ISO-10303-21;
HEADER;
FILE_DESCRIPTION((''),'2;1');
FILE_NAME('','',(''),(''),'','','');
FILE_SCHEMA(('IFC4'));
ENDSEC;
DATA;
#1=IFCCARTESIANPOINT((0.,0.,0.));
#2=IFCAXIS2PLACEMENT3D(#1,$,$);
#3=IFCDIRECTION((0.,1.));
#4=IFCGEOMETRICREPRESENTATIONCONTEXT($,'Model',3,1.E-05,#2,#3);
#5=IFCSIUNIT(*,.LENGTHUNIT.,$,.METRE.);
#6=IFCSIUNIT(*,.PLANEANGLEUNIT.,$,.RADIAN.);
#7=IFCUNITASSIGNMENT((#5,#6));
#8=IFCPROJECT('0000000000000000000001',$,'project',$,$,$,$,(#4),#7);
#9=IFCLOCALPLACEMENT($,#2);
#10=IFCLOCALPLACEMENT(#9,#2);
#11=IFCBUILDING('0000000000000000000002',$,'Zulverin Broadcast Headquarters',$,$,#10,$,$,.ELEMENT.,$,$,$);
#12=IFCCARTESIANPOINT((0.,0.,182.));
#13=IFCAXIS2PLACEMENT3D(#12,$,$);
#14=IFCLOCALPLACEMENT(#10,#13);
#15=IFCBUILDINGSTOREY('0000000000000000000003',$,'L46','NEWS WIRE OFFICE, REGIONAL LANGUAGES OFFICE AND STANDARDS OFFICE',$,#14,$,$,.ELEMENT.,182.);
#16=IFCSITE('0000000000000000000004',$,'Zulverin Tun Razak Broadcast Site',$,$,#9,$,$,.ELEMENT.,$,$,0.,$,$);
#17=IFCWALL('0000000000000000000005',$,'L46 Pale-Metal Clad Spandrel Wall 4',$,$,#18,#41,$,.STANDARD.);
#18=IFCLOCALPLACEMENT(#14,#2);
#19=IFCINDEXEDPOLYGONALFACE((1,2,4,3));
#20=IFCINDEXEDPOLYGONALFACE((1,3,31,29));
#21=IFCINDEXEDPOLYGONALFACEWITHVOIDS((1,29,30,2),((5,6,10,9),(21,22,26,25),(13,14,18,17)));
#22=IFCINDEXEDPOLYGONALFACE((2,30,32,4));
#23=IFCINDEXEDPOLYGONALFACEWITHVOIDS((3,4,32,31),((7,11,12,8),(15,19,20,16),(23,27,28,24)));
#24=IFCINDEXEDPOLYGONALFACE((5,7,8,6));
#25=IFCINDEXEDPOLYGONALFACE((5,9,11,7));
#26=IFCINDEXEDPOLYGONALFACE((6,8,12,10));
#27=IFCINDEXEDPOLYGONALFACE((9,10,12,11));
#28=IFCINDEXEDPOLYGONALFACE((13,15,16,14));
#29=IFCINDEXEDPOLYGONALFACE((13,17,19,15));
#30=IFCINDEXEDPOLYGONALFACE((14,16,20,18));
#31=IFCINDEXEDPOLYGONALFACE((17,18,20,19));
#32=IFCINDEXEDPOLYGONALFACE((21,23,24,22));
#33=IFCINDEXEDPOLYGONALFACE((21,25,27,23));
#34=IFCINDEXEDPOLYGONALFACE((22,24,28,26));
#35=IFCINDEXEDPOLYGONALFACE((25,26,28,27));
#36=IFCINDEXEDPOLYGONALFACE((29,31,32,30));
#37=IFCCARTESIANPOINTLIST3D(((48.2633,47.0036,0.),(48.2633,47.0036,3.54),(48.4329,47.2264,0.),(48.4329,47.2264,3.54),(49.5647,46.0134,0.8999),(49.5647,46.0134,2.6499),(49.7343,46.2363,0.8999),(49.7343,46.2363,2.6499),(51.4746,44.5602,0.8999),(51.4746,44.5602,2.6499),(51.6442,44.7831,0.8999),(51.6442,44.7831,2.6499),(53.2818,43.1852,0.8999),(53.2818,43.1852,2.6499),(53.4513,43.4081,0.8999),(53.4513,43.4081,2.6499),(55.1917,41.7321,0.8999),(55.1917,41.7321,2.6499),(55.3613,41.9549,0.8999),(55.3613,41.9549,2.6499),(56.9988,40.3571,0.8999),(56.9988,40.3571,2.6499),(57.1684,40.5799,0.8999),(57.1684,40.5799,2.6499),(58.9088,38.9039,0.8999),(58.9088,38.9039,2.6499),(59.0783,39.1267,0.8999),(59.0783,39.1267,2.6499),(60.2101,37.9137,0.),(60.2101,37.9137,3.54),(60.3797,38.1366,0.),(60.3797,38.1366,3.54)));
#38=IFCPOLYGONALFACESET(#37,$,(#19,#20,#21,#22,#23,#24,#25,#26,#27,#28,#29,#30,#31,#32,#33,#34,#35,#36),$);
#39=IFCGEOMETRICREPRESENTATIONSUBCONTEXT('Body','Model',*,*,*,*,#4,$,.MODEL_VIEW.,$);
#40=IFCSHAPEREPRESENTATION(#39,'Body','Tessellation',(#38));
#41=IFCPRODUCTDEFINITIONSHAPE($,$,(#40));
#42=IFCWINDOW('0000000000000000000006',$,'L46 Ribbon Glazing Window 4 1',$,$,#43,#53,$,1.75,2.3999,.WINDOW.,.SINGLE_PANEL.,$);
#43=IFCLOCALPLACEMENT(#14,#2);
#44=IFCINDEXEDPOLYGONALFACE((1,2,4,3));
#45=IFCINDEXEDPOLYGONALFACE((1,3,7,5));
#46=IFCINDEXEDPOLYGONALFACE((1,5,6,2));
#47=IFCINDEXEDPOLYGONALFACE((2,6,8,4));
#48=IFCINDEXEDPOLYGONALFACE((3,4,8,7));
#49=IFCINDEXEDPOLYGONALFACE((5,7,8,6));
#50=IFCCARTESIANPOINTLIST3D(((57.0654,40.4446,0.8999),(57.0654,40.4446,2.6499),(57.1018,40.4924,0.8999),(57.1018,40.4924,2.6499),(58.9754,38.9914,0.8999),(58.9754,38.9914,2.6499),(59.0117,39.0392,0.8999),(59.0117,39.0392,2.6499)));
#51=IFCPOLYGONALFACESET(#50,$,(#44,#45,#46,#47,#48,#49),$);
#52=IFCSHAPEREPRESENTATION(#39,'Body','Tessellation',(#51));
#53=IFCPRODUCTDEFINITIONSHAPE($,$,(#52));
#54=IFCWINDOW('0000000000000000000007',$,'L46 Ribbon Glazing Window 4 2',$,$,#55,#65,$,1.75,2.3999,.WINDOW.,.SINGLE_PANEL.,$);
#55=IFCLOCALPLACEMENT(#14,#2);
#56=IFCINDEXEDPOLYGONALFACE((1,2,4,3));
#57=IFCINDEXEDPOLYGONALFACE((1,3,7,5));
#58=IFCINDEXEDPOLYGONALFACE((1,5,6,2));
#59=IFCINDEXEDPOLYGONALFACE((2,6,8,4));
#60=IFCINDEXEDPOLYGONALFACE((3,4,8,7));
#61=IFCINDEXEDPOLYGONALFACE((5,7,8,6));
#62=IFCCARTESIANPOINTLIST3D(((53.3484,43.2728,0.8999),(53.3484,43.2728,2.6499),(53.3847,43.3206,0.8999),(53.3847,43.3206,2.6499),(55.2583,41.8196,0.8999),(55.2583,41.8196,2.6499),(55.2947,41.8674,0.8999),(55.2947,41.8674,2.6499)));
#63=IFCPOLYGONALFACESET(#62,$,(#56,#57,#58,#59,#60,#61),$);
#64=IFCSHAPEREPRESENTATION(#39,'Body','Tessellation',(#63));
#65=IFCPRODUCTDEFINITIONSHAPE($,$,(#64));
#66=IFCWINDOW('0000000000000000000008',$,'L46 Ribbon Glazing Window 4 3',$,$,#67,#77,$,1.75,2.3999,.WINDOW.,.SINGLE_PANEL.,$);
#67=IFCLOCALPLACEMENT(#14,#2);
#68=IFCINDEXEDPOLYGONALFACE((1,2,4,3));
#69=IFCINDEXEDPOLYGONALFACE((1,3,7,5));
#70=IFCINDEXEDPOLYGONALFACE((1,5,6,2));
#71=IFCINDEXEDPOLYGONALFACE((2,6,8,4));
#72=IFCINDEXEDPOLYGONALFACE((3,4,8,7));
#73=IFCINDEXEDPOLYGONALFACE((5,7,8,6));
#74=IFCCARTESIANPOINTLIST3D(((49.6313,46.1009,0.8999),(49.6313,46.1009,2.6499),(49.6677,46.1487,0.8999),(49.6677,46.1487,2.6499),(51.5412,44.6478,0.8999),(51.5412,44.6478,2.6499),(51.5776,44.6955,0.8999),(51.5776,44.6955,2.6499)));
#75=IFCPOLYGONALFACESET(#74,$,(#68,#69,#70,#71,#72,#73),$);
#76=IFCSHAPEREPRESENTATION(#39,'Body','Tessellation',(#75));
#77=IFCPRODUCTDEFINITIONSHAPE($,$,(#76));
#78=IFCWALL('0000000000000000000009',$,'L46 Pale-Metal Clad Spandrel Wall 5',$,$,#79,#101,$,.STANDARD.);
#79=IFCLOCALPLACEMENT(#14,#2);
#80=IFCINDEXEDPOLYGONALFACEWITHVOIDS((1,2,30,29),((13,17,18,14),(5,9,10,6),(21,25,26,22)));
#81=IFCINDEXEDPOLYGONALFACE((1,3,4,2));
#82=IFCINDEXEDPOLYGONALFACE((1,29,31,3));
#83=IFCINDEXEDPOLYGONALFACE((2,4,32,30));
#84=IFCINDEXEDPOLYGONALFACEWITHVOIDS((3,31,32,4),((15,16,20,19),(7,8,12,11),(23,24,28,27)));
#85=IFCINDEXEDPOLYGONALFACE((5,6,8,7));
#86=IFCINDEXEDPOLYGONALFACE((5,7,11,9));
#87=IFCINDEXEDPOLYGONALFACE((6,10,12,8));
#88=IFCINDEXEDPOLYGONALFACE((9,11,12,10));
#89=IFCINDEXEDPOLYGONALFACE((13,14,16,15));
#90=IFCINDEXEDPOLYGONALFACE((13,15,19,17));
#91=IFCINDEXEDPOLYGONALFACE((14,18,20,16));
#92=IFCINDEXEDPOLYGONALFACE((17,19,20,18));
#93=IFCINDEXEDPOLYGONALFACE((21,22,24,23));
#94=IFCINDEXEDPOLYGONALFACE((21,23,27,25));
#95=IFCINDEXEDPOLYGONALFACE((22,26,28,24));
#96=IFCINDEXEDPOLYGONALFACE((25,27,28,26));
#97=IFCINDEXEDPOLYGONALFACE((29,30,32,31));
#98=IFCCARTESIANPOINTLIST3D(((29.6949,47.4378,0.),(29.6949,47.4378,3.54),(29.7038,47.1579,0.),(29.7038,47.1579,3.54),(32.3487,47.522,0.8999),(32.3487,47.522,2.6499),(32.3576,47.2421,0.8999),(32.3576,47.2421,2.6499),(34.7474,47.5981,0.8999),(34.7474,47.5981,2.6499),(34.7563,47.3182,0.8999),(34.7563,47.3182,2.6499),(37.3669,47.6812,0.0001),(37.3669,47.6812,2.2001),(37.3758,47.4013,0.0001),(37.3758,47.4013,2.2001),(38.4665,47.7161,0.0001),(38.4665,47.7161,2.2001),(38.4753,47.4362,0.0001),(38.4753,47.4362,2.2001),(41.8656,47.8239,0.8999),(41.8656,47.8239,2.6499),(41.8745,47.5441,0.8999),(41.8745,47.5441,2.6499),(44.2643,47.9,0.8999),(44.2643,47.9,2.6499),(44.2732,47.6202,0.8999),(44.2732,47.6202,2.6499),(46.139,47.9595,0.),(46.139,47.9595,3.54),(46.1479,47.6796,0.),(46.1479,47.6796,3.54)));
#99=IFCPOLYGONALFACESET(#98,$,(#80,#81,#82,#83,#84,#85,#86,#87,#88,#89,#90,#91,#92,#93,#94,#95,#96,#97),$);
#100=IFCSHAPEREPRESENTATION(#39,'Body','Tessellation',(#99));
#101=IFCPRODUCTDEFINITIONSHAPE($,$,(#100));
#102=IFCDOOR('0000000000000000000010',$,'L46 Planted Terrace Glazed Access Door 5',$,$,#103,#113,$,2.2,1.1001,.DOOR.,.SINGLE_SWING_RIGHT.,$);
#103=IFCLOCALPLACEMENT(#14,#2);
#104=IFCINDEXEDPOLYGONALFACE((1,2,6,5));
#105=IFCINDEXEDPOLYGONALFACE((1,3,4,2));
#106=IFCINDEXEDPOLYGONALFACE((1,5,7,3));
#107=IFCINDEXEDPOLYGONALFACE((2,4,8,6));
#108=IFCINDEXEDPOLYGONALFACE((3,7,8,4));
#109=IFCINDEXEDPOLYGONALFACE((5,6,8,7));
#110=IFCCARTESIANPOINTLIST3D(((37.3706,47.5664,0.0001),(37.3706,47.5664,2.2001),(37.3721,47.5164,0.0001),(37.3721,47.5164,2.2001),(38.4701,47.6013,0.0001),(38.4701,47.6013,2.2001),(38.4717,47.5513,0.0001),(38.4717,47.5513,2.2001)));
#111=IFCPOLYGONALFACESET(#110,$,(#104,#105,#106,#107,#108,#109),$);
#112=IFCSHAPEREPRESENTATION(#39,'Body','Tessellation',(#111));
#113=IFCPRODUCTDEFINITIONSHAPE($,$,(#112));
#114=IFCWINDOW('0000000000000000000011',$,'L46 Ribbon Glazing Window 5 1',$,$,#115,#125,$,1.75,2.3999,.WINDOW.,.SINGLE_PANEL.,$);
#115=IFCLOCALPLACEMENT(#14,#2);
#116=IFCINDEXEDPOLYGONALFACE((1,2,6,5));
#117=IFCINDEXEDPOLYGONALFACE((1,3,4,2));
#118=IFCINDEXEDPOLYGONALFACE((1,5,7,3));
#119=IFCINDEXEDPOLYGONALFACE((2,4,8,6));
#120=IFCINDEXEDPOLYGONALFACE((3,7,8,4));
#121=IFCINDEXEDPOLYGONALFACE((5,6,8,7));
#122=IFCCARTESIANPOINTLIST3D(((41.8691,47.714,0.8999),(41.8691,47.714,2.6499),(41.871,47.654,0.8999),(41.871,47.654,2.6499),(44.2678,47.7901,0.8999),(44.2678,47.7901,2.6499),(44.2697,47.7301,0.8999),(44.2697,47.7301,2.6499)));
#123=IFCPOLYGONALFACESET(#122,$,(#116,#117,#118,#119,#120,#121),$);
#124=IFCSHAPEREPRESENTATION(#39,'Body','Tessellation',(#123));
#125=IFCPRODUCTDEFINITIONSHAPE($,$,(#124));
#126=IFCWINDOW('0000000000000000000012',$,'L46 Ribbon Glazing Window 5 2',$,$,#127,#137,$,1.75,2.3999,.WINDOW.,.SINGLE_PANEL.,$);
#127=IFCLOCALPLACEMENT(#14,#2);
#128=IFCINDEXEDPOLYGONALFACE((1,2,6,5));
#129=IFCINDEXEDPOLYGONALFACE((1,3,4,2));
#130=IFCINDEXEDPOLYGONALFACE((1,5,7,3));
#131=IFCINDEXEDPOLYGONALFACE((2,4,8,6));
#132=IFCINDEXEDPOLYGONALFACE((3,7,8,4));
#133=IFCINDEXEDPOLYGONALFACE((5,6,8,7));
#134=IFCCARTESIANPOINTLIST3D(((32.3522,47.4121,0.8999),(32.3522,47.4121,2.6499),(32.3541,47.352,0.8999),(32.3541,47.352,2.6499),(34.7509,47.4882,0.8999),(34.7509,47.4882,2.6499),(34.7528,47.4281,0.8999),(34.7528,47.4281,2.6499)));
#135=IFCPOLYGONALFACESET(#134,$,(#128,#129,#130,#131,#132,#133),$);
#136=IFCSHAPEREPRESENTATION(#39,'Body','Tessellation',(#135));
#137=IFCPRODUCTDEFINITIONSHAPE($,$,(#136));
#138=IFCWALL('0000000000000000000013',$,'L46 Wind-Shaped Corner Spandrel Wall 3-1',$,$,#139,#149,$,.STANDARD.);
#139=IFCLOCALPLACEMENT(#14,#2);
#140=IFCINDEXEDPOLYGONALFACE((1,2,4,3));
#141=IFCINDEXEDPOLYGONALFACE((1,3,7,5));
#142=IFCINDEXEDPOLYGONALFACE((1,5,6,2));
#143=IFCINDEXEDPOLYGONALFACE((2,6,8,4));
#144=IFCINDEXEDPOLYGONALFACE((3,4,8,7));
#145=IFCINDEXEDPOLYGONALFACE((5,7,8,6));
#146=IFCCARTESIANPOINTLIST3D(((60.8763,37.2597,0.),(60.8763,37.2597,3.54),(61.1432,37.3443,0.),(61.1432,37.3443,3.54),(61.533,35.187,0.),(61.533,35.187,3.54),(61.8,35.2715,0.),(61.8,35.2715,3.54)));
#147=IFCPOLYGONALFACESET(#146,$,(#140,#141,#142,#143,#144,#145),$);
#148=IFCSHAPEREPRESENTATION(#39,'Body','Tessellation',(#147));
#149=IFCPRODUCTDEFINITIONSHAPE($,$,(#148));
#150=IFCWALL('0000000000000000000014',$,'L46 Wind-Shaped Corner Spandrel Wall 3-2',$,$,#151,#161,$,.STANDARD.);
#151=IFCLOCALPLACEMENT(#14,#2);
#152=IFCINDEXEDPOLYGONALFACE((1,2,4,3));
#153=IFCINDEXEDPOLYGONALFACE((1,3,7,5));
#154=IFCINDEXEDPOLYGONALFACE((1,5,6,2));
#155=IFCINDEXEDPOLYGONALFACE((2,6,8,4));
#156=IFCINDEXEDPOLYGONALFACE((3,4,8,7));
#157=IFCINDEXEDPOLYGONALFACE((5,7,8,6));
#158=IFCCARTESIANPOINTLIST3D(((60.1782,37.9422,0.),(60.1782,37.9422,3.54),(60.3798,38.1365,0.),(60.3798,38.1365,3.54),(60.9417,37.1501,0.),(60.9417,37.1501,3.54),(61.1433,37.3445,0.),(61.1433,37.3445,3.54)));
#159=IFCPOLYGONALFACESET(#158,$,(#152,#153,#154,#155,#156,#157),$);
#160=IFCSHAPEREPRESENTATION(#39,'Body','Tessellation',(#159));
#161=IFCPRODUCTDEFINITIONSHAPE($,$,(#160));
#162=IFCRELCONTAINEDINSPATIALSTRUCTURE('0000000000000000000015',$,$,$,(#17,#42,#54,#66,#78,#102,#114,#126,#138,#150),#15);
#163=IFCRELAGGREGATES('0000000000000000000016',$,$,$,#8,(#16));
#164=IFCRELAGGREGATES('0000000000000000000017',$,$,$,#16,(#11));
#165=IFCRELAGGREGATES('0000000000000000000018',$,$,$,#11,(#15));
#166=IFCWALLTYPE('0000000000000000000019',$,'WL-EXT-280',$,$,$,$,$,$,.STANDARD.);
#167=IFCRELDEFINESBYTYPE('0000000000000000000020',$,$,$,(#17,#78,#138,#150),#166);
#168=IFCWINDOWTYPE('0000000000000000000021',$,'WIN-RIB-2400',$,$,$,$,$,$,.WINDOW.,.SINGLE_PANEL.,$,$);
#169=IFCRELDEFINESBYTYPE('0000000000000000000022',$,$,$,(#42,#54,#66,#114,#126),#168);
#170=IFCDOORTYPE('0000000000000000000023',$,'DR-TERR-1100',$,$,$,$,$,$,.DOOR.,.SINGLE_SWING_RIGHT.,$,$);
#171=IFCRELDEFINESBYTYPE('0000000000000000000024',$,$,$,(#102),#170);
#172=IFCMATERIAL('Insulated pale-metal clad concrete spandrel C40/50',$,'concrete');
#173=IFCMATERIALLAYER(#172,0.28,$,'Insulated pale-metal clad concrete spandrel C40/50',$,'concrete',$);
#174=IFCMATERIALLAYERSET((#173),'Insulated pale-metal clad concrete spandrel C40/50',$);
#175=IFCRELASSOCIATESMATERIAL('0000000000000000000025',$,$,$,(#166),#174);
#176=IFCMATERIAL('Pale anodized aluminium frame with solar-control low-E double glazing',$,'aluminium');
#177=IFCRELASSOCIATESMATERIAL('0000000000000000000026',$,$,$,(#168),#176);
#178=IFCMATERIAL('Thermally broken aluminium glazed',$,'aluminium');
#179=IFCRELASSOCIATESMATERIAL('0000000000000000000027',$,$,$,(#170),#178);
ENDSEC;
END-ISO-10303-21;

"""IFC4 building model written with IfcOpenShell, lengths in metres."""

from ifc_helpers import new_model, si_unit, direction, frame, frame_2d, origin, place, context, subcontext, project, spatial, rectangle, extrude, material, layer, layer_set, type_object, element, fill, save


model = new_model("IFC4")

# Units and contexts
model_context = context("Model", 3, precision=1e-05, world=origin(), true_north=direction((0.0, 1.0)))
body_context = subcontext(model_context, "Body", "Model", "MODEL_VIEW")
ifc_project = project(units=[si_unit("LENGTHUNIT", "METRE"), si_unit("PLANEANGLEUNIT", "RADIAN")], contexts=[model_context])

# Site, building, storey
site_placement = place(None, origin())
site = spatial("IfcSite", under=ifc_project, at=site_placement, Name="Zulverin Tun Razak Broadcast Site", CompositionType="ELEMENT", RefElevation=0.0)
building_placement = place(site_placement, origin())
building = spatial("IfcBuilding", under=site, at=building_placement, Name="Zulverin Broadcast Headquarters", CompositionType="ELEMENT")
storey_placement = place(building_placement, frame((0.0, 0.0, 182.0)))
storey = spatial("IfcBuildingStorey", under=building, at=storey_placement, Name="L46", Description="NEWS WIRE OFFICE, REGIONAL LANGUAGES OFFICE AND STANDARDS OFFICE", CompositionType="ELEMENT", Elevation=182.0)

# Wall, openings, windows
ifc_material_1 = material(Name="Insulated pale-metal clad concrete spandrel C40/50", Category="concrete")
ifc_layer_1 = layer(ifc_material_1, 0.28, Name="Insulated pale-metal clad concrete spandrel C40/50", Category="concrete")
ifc_layer_set_1 = layer_set([ifc_layer_1], Name="Insulated pale-metal clad concrete spandrel C40/50")
wall_type = type_object("IfcWallType", Name="WL-EXT-280", PredefinedType="STANDARD", material=ifc_layer_set_1)
wall_1_placement = place(storey_placement, frame((60.2949, 38.0251, 0.0), z_axis=(0.0, 0.0, 1.0), x_axis=(-0.795832, 0.605518, 0.0)))
wall_1 = element("IfcWall", 1, at=wall_1_placement, inside=storey, type_object=wall_type, Name="L46 Pale-Metal Clad Spandrel Wall 4", PredefinedType="STANDARD", context=body_context, shape_type="SweptSolid", body=[
    extrude(rectangle(XDim=15.0117, YDim=0.28, at=frame_2d((7.5059, 0.0))), origin(), (0.0, 0.0, 1.0), 3.54),
])
opening_1_placement = place(wall_1_placement, frame((1.6353, 0.0, 0.8999)))
opening_1 = element("IfcOpeningElement", 2, at=opening_1_placement, cuts=wall_1, PredefinedType="OPENING", context=body_context, shape_type="SweptSolid", body=[
    extrude(rectangle(XDim=2.3999, YDim=1.75, at=frame_2d((1.2, 0.875))), frame((0.0, 0.1499, 0.0), z_axis=(0.0, -1.0, 0.0), x_axis=(1.0, 0.0, 0.0)), (0.0, 0.0, 1.0), 0.3),
])
opening_2_placement = place(wall_1_placement, frame((6.3059, 0.0, 0.8999)))
opening_2 = element("IfcOpeningElement", 3, at=opening_2_placement, cuts=wall_1, PredefinedType="OPENING", context=body_context, shape_type="SweptSolid", body=[
    extrude(rectangle(XDim=2.3999, YDim=1.75, at=frame_2d((1.2, 0.875))), frame((0.0, 0.1499, 0.0), z_axis=(0.0, -1.0, 0.0), x_axis=(1.0, 0.0, 0.0)), (0.0, 0.0, 1.0), 0.3),
])
opening_3_placement = place(wall_1_placement, frame((10.9766, 0.0, 0.8999)))
opening_3 = element("IfcOpeningElement", 4, at=opening_3_placement, cuts=wall_1, PredefinedType="OPENING", context=body_context, shape_type="SweptSolid", body=[
    extrude(rectangle(XDim=2.3999, YDim=1.75, at=frame_2d((1.2, 0.875))), frame((0.0, 0.1499, 0.0), z_axis=(0.0, -1.0, 0.0), x_axis=(1.0, 0.0, 0.0)), (0.0, 0.0, 1.0), 0.3),
])
ifc_material_2 = material(Name="Pale anodized aluminium frame with solar-control low-E double glazing", Category="aluminium")
window_type = type_object("IfcWindowType", Name="WIN-RIB-2400", PartitioningType="SINGLE_PANEL", PredefinedType="WINDOW", material=ifc_material_2)
window_1_placement = place(opening_1_placement, origin())
window_1 = element("IfcWindow", 5, at=window_1_placement, inside=storey, type_object=window_type, Name="L46 Ribbon Glazing Window 4 1", OverallHeight=1.75, OverallWidth=2.3999, PartitioningType="SINGLE_PANEL", PredefinedType="WINDOW", context=body_context, shape_type="SweptSolid", body=[
    extrude(rectangle(XDim=2.3999, YDim=1.75, at=frame_2d((1.2, 0.875))), frame((0.0, 0.03, 0.0), z_axis=(0.0, -1.0, 0.0), x_axis=(1.0, 0.0, 0.0)), (0.0, 0.0, 1.0), 0.0601),
])
fill(opening_1, window_1)
window_2_placement = place(opening_2_placement, origin())
window_2 = element("IfcWindow", 6, at=window_2_placement, inside=storey, type_object=window_type, Name="L46 Ribbon Glazing Window 4 2", OverallHeight=1.75, OverallWidth=2.3999, PartitioningType="SINGLE_PANEL", PredefinedType="WINDOW", context=body_context, shape_type="SweptSolid", body=[
    extrude(rectangle(XDim=2.3999, YDim=1.75, at=frame_2d((1.2, 0.875))), frame((0.0, 0.03, 0.0), z_axis=(0.0, -1.0, 0.0), x_axis=(1.0, 0.0, 0.0)), (0.0, 0.0, 1.0), 0.0601),
])
fill(opening_2, window_2)
window_3_placement = place(opening_3_placement, origin())
window_3 = element("IfcWindow", 7, at=window_3_placement, inside=storey, type_object=window_type, Name="L46 Ribbon Glazing Window 4 3", OverallHeight=1.75, OverallWidth=2.3999, PartitioningType="SINGLE_PANEL", PredefinedType="WINDOW", context=body_context, shape_type="SweptSolid", body=[
    extrude(rectangle(XDim=2.3999, YDim=1.75, at=frame_2d((1.2, 0.875))), frame((0.0, 0.03, 0.0), z_axis=(0.0, -1.0, 0.0), x_axis=(1.0, 0.0, 0.0)), (0.0, 0.0, 1.0), 0.0601),
])
fill(opening_3, window_3)

# Wall, openings, door, windows
wall_2_placement = place(storey_placement, frame((46.1433, 47.8196, 0.0), z_axis=(0.0, 0.0, 1.0), x_axis=(-0.999497, -0.031711, 0.0)))
wall_2 = element("IfcWall", 8, at=wall_2_placement, inside=storey, type_object=wall_type, Name="L46 Pale-Metal Clad Spandrel Wall 5", PredefinedType="STANDARD", context=body_context, shape_type="SweptSolid", body=[
    extrude(rectangle(XDim=16.4524, YDim=0.28, at=frame_2d((8.2261, 0.0))), origin(), (0.0, 0.0, 1.0), 3.54),
])
opening_4_placement = place(wall_2_placement, frame((7.6763, 0.0, 0.0)))
opening_4 = element("IfcOpeningElement", 9, at=opening_4_placement, cuts=wall_2, PredefinedType="OPENING", context=body_context, shape_type="SweptSolid", body=[
    extrude(rectangle(XDim=1.1001, YDim=2.2, at=frame_2d((0.55, 1.1001))), frame((0.0, 0.1499, 0.0), z_axis=(0.0, -1.0, 0.0), x_axis=(1.0, 0.0, 0.0)), (0.0, 0.0, 1.0), 0.3),
])
opening_5_placement = place(wall_2_placement, frame((1.8755, 0.0, 0.8999)))
opening_5 = element("IfcOpeningElement", 10, at=opening_5_placement, cuts=wall_2, PredefinedType="OPENING", context=body_context, shape_type="SweptSolid", body=[
    extrude(rectangle(XDim=2.3999, YDim=1.75, at=frame_2d((1.2, 0.875))), frame((0.0, 0.1499, 0.0), z_axis=(0.0, -1.0, 0.0), x_axis=(1.0, 0.0, 0.0)), (0.0, 0.0, 1.0), 0.3),
])
opening_6_placement = place(wall_2_placement, frame((11.3972, 0.0, 0.8999)))
opening_6 = element("IfcOpeningElement", 11, at=opening_6_placement, cuts=wall_2, PredefinedType="OPENING", context=body_context, shape_type="SweptSolid", body=[
    extrude(rectangle(XDim=2.3999, YDim=1.75, at=frame_2d((1.2, 0.875))), frame((0.0, 0.1499, 0.0), z_axis=(0.0, -1.0, 0.0), x_axis=(1.0, 0.0, 0.0)), (0.0, 0.0, 1.0), 0.3),
])
ifc_material_3 = material(Name="Thermally broken aluminium glazed", Category="aluminium")
door_type = type_object("IfcDoorType", Name="DR-TERR-1100", OperationType="SINGLE_SWING_RIGHT", PredefinedType="DOOR", material=ifc_material_3)
door_placement = place(opening_4_placement, origin())
door = element("IfcDoor", 12, at=door_placement, inside=storey, type_object=door_type, Name="L46 Planted Terrace Glazed Access Door 5", OperationType="SINGLE_SWING_RIGHT", OverallHeight=2.2, OverallWidth=1.1001, PredefinedType="DOOR", context=body_context, shape_type="SweptSolid", body=[
    extrude(rectangle(XDim=1.1001, YDim=2.2, at=frame_2d((0.55, 1.1001))), frame((0.0, 0.0249, 0.0), z_axis=(0.0, -1.0, 0.0), x_axis=(1.0, 0.0, 0.0)), (0.0, 0.0, 1.0), 0.05),
])
fill(opening_4, door)
window_4_placement = place(opening_5_placement, origin())
window_4 = element("IfcWindow", 13, at=window_4_placement, inside=storey, type_object=window_type, Name="L46 Ribbon Glazing Window 5 1", OverallHeight=1.75, OverallWidth=2.3999, PartitioningType="SINGLE_PANEL", PredefinedType="WINDOW", context=body_context, shape_type="SweptSolid", body=[
    extrude(rectangle(XDim=2.3999, YDim=1.75, at=frame_2d((1.2, 0.875))), frame((0.0, 0.03, 0.0), z_axis=(0.0, -1.0, 0.0), x_axis=(1.0, 0.0, 0.0)), (0.0, 0.0, 1.0), 0.0601),
])
fill(opening_5, window_4)
window_5_placement = place(opening_6_placement, origin())
window_5 = element("IfcWindow", 14, at=window_5_placement, inside=storey, type_object=window_type, Name="L46 Ribbon Glazing Window 5 2", OverallHeight=1.75, OverallWidth=2.3999, PartitioningType="SINGLE_PANEL", PredefinedType="WINDOW", context=body_context, shape_type="SweptSolid", body=[
    extrude(rectangle(XDim=2.3999, YDim=1.75, at=frame_2d((1.2, 0.875))), frame((0.0, 0.03, 0.0), z_axis=(0.0, -1.0, 0.0), x_axis=(1.0, 0.0, 0.0)), (0.0, 0.0, 1.0), 0.0601),
])
fill(opening_6, window_5)

# Walls
wall_3_placement = place(storey_placement, frame((61.6665, 35.2292, 0.0), z_axis=(0.0, 0.0, 1.0), x_axis=(-0.302045, 0.953294, 0.0)))
element("IfcWall", 15, at=wall_3_placement, inside=storey, type_object=wall_type, Name="L46 Wind-Shaped Corner Spandrel Wall 3-1", PredefinedType="STANDARD", context=body_context, shape_type="SweptSolid", body=[
    extrude(rectangle(XDim=2.1743, YDim=0.28, at=frame_2d((1.0872, 0.0))), origin(), (0.0, 0.0, 1.0), 3.54),
])
wall_4_placement = place(storey_placement, frame((61.0425, 37.2473, 0.0), z_axis=(0.0, 0.0, 1.0), x_axis=(-0.694004, 0.719971, 0.0)))
element("IfcWall", 16, at=wall_4_placement, inside=storey, type_object=wall_type, Name="L46 Wind-Shaped Corner Spandrel Wall 3-2", PredefinedType="STANDARD", context=body_context, shape_type="SweptSolid", body=[
    extrude(rectangle(XDim=1.1001, YDim=0.28, at=frame_2d((0.55, 0.0))), origin(), (0.0, 0.0, 1.0), 3.54),
])

save(model, "model.ifc")
